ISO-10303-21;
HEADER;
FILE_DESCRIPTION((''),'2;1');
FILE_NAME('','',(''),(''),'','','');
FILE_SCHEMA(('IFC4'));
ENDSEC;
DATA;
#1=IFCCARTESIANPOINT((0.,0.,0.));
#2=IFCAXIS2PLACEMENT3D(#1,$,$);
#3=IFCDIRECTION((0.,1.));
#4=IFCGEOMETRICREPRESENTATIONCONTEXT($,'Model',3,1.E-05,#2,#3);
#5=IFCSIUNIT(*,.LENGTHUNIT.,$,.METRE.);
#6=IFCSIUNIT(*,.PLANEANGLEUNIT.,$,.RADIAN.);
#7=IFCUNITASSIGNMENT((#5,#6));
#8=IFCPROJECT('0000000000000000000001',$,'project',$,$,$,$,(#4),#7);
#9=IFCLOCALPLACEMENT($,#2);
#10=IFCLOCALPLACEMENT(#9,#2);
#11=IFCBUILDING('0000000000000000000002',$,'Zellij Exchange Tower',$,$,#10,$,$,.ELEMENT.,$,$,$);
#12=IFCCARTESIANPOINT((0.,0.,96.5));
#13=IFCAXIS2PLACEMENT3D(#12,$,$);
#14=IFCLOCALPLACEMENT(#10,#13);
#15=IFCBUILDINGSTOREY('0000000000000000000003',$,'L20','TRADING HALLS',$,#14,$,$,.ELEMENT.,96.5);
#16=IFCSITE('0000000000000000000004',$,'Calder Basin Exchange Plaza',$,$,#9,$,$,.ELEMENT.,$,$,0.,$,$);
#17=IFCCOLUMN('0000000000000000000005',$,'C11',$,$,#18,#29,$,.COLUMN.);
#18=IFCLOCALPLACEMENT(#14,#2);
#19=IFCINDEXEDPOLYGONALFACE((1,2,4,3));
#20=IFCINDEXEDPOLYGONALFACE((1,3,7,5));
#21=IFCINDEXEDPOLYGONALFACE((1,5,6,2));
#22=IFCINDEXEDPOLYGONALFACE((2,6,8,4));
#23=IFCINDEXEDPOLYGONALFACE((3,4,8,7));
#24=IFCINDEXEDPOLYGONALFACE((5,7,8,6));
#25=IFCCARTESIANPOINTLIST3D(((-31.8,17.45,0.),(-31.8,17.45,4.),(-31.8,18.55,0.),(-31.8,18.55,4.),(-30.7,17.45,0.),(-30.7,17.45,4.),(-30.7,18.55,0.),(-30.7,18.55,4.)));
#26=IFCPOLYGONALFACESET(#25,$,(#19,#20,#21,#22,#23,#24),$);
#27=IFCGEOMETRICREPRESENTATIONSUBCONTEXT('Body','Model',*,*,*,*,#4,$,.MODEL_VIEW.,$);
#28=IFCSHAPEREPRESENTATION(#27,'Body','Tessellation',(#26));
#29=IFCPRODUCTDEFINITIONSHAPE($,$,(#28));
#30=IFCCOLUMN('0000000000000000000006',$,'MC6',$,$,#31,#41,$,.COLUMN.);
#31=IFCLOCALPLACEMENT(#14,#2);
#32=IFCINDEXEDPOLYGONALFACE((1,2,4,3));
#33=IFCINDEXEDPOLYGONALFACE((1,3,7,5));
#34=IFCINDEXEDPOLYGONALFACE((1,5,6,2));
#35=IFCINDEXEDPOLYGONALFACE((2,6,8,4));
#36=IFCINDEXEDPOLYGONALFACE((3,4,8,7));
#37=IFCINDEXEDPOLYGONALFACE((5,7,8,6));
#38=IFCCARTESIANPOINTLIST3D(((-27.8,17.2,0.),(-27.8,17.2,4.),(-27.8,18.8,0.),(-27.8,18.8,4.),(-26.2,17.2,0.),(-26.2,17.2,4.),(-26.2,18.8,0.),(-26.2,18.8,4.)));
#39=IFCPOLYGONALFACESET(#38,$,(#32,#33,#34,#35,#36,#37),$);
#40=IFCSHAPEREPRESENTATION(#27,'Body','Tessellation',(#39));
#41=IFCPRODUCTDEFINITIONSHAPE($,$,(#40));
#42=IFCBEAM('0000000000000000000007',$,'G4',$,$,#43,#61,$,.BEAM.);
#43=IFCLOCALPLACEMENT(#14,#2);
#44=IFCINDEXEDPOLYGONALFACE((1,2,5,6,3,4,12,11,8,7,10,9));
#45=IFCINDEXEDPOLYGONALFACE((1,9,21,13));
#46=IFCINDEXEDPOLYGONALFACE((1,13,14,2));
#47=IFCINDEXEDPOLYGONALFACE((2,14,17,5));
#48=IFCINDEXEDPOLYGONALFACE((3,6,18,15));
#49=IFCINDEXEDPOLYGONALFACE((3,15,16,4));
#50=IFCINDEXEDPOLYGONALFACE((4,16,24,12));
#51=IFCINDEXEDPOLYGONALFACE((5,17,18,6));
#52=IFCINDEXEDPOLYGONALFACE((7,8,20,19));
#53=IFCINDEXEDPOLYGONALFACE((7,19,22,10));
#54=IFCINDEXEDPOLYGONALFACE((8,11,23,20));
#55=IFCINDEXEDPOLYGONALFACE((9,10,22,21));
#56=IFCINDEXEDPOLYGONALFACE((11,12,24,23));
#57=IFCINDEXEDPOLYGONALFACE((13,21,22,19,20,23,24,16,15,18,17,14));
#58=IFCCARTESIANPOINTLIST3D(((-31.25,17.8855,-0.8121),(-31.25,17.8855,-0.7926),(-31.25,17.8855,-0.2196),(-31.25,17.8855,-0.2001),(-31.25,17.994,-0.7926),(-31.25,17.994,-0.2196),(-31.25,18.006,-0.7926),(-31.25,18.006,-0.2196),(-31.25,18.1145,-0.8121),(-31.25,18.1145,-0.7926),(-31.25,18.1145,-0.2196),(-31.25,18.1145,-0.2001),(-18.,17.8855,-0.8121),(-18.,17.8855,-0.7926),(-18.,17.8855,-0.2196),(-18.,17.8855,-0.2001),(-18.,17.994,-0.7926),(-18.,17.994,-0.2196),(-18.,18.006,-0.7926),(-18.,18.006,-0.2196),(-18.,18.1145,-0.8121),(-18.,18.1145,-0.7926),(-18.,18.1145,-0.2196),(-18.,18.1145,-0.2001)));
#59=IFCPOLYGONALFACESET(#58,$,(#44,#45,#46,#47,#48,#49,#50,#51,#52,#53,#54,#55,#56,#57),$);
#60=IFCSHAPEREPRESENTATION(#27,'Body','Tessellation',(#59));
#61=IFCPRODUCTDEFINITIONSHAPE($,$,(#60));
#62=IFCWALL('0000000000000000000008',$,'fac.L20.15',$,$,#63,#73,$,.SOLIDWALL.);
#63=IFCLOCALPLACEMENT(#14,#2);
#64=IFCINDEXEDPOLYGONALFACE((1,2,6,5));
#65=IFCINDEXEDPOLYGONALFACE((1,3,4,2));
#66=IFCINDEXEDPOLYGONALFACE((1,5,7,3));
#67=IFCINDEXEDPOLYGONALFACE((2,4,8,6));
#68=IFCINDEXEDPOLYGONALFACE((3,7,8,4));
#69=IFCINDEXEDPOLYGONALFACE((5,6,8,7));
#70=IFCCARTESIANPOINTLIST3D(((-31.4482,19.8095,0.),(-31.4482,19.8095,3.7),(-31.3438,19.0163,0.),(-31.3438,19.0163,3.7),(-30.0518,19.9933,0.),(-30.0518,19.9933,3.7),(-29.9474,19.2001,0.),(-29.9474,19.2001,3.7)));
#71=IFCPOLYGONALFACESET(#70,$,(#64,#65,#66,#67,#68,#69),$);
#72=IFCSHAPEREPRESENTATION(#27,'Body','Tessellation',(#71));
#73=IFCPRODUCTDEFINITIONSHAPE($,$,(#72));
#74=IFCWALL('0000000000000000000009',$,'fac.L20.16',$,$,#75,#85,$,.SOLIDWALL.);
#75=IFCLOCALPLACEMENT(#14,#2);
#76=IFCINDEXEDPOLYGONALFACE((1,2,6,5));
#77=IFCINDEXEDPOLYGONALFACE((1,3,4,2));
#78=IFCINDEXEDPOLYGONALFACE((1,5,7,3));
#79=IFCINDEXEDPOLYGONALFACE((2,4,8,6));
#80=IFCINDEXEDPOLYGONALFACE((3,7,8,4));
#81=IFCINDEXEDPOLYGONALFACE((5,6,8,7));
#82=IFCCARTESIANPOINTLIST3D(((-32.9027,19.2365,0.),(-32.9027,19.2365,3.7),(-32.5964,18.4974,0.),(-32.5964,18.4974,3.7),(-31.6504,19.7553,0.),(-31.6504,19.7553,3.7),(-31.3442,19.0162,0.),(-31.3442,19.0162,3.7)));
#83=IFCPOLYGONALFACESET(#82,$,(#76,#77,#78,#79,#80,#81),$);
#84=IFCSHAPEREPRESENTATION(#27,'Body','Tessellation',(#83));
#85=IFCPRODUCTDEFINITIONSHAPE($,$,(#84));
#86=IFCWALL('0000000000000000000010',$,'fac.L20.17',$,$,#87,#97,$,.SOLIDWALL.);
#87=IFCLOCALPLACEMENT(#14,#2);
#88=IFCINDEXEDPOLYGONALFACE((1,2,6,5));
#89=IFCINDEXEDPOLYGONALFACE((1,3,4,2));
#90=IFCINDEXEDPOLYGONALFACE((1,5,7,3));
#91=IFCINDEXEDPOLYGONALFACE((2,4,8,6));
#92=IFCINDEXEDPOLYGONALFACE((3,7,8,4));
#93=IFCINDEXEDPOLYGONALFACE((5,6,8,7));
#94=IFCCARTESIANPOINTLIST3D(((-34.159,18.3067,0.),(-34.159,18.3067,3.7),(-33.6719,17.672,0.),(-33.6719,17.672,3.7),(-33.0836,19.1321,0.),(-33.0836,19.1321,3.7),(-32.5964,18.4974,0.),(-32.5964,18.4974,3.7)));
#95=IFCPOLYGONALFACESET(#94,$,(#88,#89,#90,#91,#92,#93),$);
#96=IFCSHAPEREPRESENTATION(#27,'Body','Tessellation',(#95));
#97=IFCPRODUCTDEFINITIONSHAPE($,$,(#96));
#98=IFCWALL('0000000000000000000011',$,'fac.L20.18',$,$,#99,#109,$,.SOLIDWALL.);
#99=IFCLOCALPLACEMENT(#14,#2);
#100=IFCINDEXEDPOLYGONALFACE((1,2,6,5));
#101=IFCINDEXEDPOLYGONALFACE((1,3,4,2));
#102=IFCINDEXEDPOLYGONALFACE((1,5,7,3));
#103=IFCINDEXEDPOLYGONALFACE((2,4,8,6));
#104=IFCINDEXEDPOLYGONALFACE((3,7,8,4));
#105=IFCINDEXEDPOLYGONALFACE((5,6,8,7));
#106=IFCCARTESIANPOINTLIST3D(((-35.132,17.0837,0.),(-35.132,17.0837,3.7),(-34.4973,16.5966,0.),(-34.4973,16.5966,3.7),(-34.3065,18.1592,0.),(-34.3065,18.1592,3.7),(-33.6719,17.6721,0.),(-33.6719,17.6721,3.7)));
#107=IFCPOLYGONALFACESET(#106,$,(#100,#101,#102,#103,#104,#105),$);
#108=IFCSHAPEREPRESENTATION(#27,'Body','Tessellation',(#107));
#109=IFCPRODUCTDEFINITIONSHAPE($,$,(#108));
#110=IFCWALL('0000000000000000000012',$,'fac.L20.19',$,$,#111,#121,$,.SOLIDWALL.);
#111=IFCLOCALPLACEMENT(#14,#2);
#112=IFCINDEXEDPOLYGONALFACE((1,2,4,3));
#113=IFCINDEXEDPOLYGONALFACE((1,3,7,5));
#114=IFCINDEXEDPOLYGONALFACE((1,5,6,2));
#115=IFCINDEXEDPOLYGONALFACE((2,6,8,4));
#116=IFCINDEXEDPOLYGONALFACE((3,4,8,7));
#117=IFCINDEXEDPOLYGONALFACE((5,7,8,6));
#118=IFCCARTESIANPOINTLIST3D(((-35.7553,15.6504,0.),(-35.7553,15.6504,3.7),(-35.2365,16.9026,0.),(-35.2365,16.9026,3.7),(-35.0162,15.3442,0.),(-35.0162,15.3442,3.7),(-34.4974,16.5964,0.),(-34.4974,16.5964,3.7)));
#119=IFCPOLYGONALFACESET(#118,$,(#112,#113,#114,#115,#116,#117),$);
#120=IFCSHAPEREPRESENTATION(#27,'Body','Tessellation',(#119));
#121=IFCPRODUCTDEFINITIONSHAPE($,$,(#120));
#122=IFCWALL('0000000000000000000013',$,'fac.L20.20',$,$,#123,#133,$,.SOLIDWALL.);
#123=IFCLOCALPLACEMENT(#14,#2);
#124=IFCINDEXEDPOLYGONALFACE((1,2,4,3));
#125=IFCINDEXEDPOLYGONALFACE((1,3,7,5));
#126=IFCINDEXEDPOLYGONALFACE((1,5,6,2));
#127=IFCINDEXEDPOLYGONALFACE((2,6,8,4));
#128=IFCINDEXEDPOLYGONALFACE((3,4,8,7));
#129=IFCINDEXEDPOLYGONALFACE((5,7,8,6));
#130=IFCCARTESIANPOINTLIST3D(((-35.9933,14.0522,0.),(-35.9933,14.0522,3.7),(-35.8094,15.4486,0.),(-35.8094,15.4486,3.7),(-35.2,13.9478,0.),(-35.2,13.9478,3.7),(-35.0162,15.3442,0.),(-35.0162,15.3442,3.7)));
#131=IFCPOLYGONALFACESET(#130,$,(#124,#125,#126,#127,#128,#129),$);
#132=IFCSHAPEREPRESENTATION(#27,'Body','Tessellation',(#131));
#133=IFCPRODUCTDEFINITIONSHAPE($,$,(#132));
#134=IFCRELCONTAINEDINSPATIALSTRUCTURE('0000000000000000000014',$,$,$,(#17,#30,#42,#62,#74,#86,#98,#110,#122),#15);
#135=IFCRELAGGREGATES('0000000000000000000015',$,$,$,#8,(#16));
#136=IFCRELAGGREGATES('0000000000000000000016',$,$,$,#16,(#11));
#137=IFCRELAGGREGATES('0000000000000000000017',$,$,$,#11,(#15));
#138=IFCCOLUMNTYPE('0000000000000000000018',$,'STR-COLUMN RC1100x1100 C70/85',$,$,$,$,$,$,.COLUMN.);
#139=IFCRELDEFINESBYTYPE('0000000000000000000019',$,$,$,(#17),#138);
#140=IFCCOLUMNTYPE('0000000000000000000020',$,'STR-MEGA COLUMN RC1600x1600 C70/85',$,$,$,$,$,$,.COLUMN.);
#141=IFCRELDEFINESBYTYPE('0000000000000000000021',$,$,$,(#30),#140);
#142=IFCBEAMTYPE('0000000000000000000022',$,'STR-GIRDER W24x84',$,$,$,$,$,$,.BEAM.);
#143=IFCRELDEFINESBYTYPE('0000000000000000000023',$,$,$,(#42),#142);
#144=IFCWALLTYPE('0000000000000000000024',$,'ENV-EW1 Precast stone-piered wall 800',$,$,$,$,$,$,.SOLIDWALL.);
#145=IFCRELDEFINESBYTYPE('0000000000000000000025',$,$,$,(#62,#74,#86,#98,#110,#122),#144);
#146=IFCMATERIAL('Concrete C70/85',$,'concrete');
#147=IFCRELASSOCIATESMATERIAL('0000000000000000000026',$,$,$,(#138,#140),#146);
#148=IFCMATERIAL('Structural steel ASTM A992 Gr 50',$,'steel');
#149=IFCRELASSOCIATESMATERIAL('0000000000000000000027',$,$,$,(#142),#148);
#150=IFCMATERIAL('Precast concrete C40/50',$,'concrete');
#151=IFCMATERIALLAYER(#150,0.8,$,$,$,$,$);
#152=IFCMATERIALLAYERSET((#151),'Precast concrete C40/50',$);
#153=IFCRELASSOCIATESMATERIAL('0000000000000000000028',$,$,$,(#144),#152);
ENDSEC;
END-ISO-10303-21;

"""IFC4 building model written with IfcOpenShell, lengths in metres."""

from ifc_helpers import new_model, si_unit, direction, frame, frame_2d, origin, origin_2d, place, context, subcontext, project, spatial, rectangle, i_section, extrude, material, layer, layer_set, material_profile, profile_set, type_object, element, save


model = new_model("IFC4")

# Units and contexts
model_context = context("Model", 3, precision=1e-05, world=origin(), true_north=direction((0.0, 1.0)))
body_context = subcontext(model_context, "Body", "Model", "MODEL_VIEW")
ifc_project = project(units=[si_unit("LENGTHUNIT", "METRE"), si_unit("PLANEANGLEUNIT", "RADIAN")], contexts=[model_context])

# Site, building, storey
site_placement = place(None, origin())
site = spatial("IfcSite", under=ifc_project, at=site_placement, Name="Calder Basin Exchange Plaza", CompositionType="ELEMENT", RefElevation=0.0)
building_placement = place(site_placement, origin())
building = spatial("IfcBuilding", under=site, at=building_placement, Name="Zellij Exchange Tower", CompositionType="ELEMENT")
storey_placement = place(building_placement, frame((0.0, 0.0, 96.5)))
storey = spatial("IfcBuildingStorey", under=building, at=storey_placement, Name="L20", Description="TRADING HALLS", CompositionType="ELEMENT", Elevation=96.5)

# Columns
ifc_material_1 = material(Name="Concrete C70/85", Category="concrete")
ifc_material_profile_1 = material_profile(ifc_material_1, rectangle(XDim=1.1001, YDim=1.1001, at=origin_2d()), Name="STR-COLUMN RC1100x1100 C70/85")
ifc_profile_set_1 = profile_set([ifc_material_profile_1], Name="Concrete C70/85")
column_type_1 = type_object("IfcColumnType", Name="STR-COLUMN RC1100x1100 C70/85", PredefinedType="COLUMN", material=ifc_profile_set_1)
column_1_placement = place(storey_placement, frame((-31.25, 18.0, 0.0), z_axis=(0.0, 0.0, 1.0), x_axis=(1.0, 0.0, 0.0)))
element("IfcColumn", 1, at=column_1_placement, inside=storey, type_object=column_type_1, Name="C11", PredefinedType="COLUMN", context=body_context, shape_type="SweptSolid", body=[
    extrude(rectangle(XDim=1.1001, YDim=1.1001, at=origin_2d()), origin(), (0.0, 0.0, 1.0), 4.0),
])
ifc_material_profile_2 = material_profile(ifc_material_1, rectangle(XDim=1.6001, YDim=1.6001, at=origin_2d()), Name="STR-MEGA COLUMN RC1600x1600 C70/85")
ifc_profile_set_2 = profile_set([ifc_material_profile_2], Name="Concrete C70/85")
column_type_2 = type_object("IfcColumnType", Name="STR-MEGA COLUMN RC1600x1600 C70/85", PredefinedType="COLUMN", material=ifc_profile_set_2)
column_2_placement = place(storey_placement, frame((-27.0, 18.0, 0.0), z_axis=(0.0, 0.0, 1.0), x_axis=(1.0, 0.0, 0.0)))
element("IfcColumn", 2, at=column_2_placement, inside=storey, type_object=column_type_2, Name="MC6", PredefinedType="COLUMN", context=body_context, shape_type="SweptSolid", body=[
    extrude(rectangle(XDim=1.6001, YDim=1.6001, at=origin_2d()), origin(), (0.0, 0.0, 1.0), 4.0),
])

# Beam
ifc_material_2 = material(Name="Structural steel ASTM A992 Gr 50", Category="steel")
ifc_material_profile_3 = material_profile(ifc_material_2, i_section(OverallWidth=0.229, OverallDepth=0.6121, WebThickness=0.012, FlangeThickness=0.0195, at=origin_2d()), Name="W24x84")
ifc_profile_set_3 = profile_set([ifc_material_profile_3], Name="Structural steel ASTM A992 Gr 50")
beam_type = type_object("IfcBeamType", Name="STR-GIRDER W24x84", PredefinedType="BEAM", material=ifc_profile_set_3)
beam_placement = place(storey_placement, frame((-31.25, 18.0, -0.5061), z_axis=(1.0, 0.0, 0.0), x_axis=(0.0, 1.0, 0.0)))
element("IfcBeam", 3, at=beam_placement, inside=storey, type_object=beam_type, Name="G4", PredefinedType="BEAM", context=body_context, shape_type="SweptSolid", body=[
    extrude(i_section(OverallWidth=0.229, OverallDepth=0.6121, WebThickness=0.012, FlangeThickness=0.0195, at=origin_2d()), origin(), (0.0, 0.0, 1.0), 13.25),
])

# Walls
ifc_material_3 = material(Name="Precast concrete C40/50", Category="concrete")
ifc_layer = layer(ifc_material_3, 0.8)
ifc_layer_set = layer_set([ifc_layer], Name="Precast concrete C40/50")
wall_type = type_object("IfcWallType", Name="ENV-EW1 Precast stone-piered wall 800", PredefinedType="SOLIDWALL", material=ifc_layer_set)
wall_1_placement = place(storey_placement, frame((-29.9998, 19.5967, 0.0), z_axis=(0.0, 0.0, 1.0), x_axis=(-0.991446, -0.130517, 0.0)))
element("IfcWall", 4, at=wall_1_placement, inside=storey, type_object=wall_type, Name="fac.L20.15", PredefinedType="SOLIDWALL", context=body_context, shape_type="SweptSolid", body=[
    extrude(rectangle(XDim=1.4084, YDim=0.8, at=frame_2d((0.7041, 0.0))), origin(), (0.0, 0.0, 1.0), 3.7),
])
wall_2_placement = place(storey_placement, frame((-31.4973, 19.3857, 0.0), z_axis=(0.0, 0.0, 1.0), x_axis=(-0.923848, -0.38276, 0.0)))
element("IfcWall", 5, at=wall_2_placement, inside=storey, type_object=wall_type, Name="fac.L20.16", PredefinedType="SOLIDWALL", context=body_context, shape_type="SweptSolid", body=[
    extrude(rectangle(XDim=1.3555, YDim=0.8, at=frame_2d((0.6777, 0.0))), origin(), (0.0, 0.0, 1.0), 3.7),
])
for number, where, z_axis, x_axis, name in (
    (6, (-32.8401, 18.8147, 0.0), (0.0, 0.0, 1.0), (-0.793273, -0.608866, 0.0), "fac.L20.17"),
    (7, (-33.9893, 17.9155, 0.0), (0.0, 0.0, 1.0), (-0.608866, -0.793273, 0.0), "fac.L20.18"),
):
    element("IfcWall", number, at=place(storey_placement, frame(where, z_axis=z_axis, x_axis=x_axis)), inside=storey, type_object=wall_type, Name=name, PredefinedType="SOLIDWALL", context=body_context, shape_type="SweptSolid", body=[
        extrude(rectangle(XDim=1.3557, YDim=0.8, at=frame_2d((0.6777, 0.0))), origin(), (0.0, 0.0, 1.0), 3.7),
    ])
wall_3_placement = place(storey_placement, frame((-34.8669, 16.7495, 0.0), z_axis=(0.0, 0.0, 1.0), x_axis=(-0.38276, -0.923848, 0.0)))
element("IfcWall", 8, at=wall_3_placement, inside=storey, type_object=wall_type, Name="fac.L20.19", PredefinedType="SOLIDWALL", context=body_context, shape_type="SweptSolid", body=[
    extrude(rectangle(XDim=1.3555, YDim=0.8, at=frame_2d((0.6777, 0.0))), origin(), (0.0, 0.0, 1.0), 3.7),
])
wall_4_placement = place(storey_placement, frame((-35.4128, 15.3962, 0.0), z_axis=(0.0, 0.0, 1.0), x_axis=(-0.130517, -0.991446, 0.0)))
element("IfcWall", 9, at=wall_4_placement, inside=storey, type_object=wall_type, Name="fac.L20.20", PredefinedType="SOLIDWALL", context=body_context, shape_type="SweptSolid", body=[
    extrude(rectangle(XDim=1.4084, YDim=0.8, at=frame_2d((0.7041, 0.0))), origin(), (0.0, 0.0, 1.0), 3.7),
])

save(model, "model.ifc")
